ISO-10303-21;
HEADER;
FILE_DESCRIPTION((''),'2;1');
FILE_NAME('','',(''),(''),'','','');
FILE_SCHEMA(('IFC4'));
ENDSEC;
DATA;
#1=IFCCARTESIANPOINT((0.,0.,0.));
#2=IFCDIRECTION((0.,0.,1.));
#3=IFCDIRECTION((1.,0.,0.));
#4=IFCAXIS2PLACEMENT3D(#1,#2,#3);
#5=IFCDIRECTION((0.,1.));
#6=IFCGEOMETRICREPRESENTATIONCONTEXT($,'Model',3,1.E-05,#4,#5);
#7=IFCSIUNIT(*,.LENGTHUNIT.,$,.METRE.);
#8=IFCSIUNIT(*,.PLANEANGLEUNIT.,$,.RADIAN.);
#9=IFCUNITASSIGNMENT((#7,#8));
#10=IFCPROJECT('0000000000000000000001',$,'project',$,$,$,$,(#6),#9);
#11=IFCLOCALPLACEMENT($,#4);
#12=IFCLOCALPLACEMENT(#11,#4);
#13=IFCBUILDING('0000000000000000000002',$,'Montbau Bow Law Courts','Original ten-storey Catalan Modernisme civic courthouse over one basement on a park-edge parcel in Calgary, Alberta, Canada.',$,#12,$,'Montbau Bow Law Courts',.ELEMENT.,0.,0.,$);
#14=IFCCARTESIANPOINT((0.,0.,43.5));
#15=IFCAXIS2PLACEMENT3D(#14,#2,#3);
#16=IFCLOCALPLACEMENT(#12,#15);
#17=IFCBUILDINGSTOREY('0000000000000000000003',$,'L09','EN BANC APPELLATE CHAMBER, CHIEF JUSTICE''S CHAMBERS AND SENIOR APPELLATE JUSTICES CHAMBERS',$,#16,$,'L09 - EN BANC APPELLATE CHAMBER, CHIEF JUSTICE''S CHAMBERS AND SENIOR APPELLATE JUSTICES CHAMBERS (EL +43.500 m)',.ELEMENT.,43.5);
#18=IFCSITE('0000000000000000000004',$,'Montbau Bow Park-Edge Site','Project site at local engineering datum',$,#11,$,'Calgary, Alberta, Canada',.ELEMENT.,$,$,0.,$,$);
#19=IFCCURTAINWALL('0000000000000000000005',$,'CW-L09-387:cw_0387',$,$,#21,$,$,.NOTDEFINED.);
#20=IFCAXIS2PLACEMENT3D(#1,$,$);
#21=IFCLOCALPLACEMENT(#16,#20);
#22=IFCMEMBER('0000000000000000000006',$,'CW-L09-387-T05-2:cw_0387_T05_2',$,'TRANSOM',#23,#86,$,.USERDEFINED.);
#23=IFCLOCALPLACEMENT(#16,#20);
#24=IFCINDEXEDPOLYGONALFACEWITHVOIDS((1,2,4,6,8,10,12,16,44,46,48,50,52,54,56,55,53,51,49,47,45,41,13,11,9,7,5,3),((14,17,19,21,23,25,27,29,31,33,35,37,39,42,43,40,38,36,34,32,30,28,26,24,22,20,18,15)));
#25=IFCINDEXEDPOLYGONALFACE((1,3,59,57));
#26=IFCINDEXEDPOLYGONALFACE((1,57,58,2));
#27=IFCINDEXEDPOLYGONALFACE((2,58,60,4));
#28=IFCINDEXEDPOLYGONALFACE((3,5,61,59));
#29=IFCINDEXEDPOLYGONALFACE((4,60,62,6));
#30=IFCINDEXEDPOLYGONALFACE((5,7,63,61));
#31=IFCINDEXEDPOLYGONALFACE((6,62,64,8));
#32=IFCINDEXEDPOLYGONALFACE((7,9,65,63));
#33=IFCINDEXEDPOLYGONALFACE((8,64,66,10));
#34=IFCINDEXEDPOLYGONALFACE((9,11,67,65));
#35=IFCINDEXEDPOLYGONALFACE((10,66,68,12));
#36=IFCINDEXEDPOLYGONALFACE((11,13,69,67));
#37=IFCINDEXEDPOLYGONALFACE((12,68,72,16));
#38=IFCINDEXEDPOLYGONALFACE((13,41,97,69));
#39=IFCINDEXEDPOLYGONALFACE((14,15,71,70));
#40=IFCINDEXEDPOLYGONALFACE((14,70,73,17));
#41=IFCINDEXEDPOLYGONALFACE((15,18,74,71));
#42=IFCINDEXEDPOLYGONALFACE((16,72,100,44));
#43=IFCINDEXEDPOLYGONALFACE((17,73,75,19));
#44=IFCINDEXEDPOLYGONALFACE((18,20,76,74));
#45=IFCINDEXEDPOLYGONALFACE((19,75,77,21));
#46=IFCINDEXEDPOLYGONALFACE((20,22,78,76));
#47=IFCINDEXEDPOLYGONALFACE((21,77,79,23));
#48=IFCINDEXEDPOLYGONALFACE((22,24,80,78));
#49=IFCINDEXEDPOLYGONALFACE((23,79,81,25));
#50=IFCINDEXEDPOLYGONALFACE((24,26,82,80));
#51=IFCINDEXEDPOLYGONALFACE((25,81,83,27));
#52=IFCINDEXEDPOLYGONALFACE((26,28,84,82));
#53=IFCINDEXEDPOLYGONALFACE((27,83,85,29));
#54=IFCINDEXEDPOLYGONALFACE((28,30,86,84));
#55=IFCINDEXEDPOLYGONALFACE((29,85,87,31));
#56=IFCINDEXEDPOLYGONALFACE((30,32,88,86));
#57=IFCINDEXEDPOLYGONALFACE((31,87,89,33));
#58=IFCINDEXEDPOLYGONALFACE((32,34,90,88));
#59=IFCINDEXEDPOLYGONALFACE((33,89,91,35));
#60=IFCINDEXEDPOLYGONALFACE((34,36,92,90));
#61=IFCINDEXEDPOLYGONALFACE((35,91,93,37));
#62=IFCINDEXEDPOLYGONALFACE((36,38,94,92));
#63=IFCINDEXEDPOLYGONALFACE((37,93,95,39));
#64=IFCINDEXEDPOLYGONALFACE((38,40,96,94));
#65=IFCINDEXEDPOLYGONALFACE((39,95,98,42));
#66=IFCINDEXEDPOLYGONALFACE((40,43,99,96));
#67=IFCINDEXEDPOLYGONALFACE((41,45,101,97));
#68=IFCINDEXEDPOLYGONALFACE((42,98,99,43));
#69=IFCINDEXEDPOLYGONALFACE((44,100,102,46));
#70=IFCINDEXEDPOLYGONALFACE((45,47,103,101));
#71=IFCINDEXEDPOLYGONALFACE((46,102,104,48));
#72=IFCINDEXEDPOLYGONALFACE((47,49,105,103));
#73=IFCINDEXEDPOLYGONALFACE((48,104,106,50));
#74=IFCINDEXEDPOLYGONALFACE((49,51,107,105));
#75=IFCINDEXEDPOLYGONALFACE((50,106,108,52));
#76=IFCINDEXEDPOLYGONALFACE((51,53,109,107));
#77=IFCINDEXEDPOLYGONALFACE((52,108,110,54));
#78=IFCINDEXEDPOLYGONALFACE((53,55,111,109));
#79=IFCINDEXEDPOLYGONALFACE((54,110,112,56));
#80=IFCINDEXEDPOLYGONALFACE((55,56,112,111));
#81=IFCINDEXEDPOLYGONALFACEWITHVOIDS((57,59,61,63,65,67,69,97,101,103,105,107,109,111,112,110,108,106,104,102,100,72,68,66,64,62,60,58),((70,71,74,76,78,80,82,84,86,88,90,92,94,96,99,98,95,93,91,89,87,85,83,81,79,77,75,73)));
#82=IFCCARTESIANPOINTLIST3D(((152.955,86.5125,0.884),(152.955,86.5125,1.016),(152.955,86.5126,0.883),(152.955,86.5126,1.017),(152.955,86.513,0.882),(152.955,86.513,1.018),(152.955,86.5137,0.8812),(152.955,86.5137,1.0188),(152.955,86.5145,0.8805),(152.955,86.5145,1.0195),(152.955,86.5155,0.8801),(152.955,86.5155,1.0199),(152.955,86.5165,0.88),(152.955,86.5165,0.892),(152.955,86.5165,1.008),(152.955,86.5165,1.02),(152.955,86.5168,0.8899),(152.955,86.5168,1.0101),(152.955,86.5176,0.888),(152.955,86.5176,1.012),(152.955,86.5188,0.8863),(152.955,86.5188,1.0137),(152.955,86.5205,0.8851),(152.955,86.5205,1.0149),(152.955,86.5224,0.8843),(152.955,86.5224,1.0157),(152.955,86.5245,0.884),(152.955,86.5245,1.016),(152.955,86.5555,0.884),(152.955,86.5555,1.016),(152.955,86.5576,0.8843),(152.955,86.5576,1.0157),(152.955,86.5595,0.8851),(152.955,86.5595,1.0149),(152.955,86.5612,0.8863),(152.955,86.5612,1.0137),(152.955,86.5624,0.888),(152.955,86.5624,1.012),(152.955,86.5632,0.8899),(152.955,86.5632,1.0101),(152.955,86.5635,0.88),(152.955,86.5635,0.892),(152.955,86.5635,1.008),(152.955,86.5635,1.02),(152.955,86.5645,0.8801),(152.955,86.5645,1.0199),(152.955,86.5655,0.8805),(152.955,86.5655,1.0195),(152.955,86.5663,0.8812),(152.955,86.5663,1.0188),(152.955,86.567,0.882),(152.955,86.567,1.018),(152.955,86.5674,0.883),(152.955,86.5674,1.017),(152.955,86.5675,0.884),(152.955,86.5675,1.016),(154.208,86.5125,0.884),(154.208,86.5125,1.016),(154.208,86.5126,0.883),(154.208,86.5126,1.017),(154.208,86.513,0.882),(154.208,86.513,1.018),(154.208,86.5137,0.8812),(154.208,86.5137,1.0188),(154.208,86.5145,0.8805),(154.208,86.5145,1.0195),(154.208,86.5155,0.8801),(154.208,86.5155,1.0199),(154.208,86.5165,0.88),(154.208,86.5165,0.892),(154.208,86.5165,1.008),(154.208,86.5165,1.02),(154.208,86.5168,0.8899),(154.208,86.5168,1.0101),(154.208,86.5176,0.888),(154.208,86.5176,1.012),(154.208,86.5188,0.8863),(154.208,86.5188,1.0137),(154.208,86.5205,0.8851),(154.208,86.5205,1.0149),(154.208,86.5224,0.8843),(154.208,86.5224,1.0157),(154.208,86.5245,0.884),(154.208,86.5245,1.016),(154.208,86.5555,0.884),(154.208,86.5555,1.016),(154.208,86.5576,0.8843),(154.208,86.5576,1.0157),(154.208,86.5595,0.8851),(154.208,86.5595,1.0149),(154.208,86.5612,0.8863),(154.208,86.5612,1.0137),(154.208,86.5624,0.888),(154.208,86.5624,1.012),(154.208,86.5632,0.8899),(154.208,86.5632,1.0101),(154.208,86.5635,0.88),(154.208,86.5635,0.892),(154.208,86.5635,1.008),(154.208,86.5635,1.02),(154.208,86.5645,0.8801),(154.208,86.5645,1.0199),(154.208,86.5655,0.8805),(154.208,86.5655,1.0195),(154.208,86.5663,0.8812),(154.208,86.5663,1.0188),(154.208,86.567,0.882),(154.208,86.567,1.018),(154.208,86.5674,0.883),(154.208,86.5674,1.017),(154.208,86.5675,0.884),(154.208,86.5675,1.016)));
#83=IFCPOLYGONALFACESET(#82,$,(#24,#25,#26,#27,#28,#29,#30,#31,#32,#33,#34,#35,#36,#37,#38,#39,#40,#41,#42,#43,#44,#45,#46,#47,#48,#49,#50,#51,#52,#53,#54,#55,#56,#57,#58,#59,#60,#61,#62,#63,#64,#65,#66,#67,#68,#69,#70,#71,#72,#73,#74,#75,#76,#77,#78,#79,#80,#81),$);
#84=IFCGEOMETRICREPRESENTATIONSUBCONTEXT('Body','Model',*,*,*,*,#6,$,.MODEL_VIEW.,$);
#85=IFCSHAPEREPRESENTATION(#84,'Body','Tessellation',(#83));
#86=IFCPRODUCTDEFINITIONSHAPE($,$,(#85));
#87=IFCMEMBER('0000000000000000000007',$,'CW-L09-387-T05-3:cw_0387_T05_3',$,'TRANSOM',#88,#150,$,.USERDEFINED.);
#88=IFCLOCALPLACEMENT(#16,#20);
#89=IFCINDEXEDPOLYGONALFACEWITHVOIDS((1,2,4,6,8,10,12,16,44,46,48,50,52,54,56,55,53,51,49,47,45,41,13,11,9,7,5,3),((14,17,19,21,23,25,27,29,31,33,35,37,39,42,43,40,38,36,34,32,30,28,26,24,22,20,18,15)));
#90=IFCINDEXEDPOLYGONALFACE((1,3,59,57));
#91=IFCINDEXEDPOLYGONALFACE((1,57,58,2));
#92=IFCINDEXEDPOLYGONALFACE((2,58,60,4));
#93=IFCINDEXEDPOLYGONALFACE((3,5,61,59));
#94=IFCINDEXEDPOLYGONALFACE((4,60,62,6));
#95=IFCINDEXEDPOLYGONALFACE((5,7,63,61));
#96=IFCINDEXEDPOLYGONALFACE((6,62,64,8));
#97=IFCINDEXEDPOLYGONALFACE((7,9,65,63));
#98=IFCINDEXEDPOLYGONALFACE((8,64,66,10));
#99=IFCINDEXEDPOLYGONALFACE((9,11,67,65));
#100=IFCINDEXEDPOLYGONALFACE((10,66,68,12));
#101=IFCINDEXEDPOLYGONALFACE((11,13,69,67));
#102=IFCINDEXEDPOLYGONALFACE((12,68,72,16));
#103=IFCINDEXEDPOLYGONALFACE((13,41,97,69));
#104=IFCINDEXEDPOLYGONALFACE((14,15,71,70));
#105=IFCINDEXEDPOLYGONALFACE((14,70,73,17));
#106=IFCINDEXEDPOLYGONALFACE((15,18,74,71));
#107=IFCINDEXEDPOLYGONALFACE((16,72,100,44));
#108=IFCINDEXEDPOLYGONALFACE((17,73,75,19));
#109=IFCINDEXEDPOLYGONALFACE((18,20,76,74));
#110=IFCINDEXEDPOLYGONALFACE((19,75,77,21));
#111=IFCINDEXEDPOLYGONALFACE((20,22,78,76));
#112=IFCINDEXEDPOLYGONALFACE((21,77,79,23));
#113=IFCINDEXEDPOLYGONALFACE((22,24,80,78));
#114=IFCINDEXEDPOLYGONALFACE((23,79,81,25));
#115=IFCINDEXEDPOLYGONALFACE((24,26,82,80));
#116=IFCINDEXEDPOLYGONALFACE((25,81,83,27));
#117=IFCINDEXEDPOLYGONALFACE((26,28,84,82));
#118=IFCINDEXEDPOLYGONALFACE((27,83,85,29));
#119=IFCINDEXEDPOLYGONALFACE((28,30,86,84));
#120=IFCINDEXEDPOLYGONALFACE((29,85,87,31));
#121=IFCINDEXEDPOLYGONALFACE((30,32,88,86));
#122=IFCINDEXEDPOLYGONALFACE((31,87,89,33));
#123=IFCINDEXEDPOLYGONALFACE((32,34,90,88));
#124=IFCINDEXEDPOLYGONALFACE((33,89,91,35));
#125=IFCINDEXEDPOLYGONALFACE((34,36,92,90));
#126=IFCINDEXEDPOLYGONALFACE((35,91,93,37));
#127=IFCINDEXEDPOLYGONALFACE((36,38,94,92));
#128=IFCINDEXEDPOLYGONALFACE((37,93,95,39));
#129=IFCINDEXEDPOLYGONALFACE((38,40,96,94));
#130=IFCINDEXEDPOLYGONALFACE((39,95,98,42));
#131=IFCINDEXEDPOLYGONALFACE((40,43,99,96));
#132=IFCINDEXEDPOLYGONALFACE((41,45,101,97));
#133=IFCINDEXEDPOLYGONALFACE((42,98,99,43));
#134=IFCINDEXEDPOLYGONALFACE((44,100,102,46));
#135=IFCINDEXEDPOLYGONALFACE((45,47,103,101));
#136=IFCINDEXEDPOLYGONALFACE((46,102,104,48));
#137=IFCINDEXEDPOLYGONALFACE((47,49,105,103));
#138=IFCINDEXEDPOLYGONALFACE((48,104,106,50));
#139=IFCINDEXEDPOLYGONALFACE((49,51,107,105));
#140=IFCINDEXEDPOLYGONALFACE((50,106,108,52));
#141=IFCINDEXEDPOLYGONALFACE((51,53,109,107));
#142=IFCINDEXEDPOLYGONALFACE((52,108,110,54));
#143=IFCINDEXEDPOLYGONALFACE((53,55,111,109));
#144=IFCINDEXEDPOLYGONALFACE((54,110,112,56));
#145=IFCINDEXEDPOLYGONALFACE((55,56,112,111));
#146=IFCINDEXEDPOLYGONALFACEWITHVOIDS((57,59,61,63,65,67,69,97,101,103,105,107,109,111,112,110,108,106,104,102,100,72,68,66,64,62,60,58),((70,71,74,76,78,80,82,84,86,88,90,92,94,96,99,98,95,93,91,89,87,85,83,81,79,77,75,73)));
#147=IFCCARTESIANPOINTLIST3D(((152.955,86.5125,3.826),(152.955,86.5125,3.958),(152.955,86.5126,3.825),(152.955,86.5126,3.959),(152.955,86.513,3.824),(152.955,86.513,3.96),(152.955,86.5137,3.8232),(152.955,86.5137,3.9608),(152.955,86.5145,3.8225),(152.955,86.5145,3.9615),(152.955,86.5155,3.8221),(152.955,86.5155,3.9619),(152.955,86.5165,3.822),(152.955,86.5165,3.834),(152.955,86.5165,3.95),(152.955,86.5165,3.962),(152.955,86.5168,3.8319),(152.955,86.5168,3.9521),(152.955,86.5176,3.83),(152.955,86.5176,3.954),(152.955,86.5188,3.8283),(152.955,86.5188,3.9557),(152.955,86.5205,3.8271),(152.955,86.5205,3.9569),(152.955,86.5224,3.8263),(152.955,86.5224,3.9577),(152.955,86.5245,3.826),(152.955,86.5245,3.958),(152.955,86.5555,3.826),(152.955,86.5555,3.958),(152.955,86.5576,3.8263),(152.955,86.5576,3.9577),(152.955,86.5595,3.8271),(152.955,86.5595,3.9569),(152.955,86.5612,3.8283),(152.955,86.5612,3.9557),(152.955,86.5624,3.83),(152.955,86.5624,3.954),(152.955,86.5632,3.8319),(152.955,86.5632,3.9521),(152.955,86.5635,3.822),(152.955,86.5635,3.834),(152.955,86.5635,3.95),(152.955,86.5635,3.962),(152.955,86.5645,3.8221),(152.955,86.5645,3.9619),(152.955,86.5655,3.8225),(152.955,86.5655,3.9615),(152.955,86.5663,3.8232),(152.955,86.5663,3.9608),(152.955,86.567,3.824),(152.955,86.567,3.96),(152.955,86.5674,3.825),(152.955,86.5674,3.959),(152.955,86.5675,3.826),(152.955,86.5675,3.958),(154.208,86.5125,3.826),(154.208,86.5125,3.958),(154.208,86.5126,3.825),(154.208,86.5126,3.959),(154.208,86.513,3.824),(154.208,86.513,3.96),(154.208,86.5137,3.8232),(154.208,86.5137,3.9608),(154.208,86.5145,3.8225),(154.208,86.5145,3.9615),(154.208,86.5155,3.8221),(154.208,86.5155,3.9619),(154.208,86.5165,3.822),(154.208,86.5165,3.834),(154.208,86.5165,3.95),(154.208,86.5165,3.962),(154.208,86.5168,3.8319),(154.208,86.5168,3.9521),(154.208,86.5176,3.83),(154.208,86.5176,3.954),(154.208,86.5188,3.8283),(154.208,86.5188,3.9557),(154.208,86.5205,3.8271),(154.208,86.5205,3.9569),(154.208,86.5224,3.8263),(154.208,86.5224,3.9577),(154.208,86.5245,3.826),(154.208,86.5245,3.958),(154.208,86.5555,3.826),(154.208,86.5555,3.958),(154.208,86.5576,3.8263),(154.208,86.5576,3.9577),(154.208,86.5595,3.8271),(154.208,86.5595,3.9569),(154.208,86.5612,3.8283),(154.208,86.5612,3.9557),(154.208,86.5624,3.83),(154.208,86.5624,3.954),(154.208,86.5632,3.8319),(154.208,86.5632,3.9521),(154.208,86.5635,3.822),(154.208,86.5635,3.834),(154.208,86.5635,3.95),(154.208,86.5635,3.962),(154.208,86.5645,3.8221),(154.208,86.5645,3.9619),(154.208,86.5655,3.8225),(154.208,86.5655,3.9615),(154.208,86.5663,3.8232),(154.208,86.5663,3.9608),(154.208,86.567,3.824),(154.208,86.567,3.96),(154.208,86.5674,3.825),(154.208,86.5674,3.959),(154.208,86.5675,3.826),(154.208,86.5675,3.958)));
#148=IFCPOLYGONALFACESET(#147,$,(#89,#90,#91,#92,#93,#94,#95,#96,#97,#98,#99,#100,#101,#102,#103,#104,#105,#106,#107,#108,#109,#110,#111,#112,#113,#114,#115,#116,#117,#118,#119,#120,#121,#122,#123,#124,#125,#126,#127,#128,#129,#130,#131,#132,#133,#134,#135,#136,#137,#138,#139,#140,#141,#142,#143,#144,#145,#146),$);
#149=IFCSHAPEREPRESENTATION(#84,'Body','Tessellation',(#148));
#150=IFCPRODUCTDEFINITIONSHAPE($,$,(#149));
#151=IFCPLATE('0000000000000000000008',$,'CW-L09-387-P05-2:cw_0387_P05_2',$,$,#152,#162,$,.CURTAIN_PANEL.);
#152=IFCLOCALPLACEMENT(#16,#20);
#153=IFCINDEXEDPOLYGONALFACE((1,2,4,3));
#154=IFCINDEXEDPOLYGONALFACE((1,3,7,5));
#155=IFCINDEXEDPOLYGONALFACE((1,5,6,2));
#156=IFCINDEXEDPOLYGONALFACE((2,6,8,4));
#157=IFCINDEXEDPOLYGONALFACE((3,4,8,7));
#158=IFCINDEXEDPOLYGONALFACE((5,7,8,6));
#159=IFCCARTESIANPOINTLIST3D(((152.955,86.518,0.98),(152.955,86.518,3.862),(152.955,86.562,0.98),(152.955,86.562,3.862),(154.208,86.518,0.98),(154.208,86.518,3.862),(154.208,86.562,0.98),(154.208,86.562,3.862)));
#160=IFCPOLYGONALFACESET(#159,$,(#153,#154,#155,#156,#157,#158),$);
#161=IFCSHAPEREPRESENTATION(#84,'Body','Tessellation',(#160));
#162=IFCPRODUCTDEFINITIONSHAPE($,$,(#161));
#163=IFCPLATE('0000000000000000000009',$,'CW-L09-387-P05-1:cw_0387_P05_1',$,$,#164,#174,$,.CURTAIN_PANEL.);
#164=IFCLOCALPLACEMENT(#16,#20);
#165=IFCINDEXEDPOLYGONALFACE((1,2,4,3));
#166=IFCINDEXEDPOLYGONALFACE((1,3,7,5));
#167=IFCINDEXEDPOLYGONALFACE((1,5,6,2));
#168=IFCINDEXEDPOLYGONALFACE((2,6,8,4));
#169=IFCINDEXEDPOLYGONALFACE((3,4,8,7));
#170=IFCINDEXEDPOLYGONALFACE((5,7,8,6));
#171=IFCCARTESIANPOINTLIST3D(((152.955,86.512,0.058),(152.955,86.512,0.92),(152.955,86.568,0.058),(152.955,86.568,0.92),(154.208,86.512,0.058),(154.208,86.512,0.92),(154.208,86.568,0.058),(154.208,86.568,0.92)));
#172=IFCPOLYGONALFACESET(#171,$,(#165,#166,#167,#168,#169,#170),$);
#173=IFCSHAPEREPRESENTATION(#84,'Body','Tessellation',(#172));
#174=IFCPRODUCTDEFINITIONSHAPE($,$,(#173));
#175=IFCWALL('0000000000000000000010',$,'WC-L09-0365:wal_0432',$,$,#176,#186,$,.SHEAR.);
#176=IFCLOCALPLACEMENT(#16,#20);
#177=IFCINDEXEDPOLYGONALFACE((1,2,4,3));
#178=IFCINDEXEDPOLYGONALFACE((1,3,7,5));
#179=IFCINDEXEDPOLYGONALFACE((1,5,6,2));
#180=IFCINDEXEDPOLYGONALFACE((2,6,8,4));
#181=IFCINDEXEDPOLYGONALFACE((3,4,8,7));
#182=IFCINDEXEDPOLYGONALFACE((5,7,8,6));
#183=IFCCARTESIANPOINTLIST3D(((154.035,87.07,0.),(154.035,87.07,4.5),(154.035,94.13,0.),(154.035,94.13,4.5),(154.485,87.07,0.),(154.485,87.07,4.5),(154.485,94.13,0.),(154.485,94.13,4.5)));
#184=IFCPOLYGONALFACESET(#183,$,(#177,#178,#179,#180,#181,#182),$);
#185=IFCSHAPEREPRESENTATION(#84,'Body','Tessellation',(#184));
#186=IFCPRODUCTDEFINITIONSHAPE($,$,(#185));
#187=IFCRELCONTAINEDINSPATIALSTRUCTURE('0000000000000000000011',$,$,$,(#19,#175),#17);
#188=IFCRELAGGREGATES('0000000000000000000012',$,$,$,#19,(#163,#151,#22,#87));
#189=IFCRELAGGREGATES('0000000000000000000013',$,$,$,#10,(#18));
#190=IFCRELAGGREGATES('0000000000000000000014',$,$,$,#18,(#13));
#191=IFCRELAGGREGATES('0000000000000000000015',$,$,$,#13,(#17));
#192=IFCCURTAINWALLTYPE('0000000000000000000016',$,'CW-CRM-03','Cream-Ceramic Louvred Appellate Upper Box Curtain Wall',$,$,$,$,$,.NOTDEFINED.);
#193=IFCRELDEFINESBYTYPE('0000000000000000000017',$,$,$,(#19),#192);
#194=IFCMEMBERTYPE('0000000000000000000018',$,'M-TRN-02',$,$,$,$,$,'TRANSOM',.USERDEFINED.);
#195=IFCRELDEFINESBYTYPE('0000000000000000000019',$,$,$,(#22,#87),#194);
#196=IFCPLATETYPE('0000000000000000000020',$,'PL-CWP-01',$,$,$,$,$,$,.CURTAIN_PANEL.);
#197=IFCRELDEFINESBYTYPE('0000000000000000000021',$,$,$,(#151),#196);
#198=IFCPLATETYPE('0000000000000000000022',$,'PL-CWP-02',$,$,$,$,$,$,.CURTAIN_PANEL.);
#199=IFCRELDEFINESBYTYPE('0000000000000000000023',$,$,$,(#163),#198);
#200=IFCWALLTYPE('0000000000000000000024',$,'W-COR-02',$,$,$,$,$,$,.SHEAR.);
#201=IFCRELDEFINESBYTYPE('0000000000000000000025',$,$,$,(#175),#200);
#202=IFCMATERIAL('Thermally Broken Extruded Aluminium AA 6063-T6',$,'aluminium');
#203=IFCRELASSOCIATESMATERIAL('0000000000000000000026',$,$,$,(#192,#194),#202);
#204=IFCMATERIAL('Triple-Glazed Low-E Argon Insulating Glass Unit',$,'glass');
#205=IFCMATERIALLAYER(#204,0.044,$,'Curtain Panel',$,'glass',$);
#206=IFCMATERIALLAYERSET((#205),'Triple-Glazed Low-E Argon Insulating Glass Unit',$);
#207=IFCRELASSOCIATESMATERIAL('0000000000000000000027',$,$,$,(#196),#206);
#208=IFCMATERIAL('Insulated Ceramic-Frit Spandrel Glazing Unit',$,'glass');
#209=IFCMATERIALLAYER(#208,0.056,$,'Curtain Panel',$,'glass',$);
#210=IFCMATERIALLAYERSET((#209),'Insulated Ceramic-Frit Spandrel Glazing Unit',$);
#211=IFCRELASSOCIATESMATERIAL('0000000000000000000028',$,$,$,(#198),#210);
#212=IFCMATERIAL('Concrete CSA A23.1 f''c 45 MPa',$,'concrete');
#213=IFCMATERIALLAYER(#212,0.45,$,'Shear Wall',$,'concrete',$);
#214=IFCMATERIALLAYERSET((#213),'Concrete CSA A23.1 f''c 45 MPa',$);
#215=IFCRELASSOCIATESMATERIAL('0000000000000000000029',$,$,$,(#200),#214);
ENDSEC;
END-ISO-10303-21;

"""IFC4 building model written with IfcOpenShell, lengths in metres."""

from ifc_helpers import new_model, si_unit, direction, frame, frame_2d, origin_with_axes, origin_2d_with_axis, place, context, subcontext, project, spatial, rectangle, hollow_rectangle, extrude, material, layer, layer_set, material_profile, profile_set, type_object, element, aggregate, save


model = new_model("IFC4")

# Units and contexts
model_context = context("Model", 3, precision=1e-05, world=origin_with_axes(), true_north=direction((0.0, 1.0)))
body_context = subcontext(model_context, "Body", "Model", "MODEL_VIEW")
ifc_project = project(units=[si_unit("LENGTHUNIT", "METRE"), si_unit("PLANEANGLEUNIT", "RADIAN")], contexts=[model_context])

# Site, building, storey
site_placement = place(None, origin_with_axes())
site = spatial("IfcSite", under=ifc_project, at=site_placement, Name="Montbau Bow Park-Edge Site", Description="Project site at local engineering datum", LongName="Calgary, Alberta, Canada", CompositionType="ELEMENT", RefElevation=0.0)
building_placement = place(site_placement, origin_with_axes())
building = spatial("IfcBuilding", under=site, at=building_placement, Name="Montbau Bow Law Courts", Description="Original ten-storey Catalan Modernisme civic courthouse over one basement on a park-edge parcel in Calgary, Alberta, Canada.", LongName="Montbau Bow Law Courts", CompositionType="ELEMENT", ElevationOfRefHeight=0.0, ElevationOfTerrain=0.0)
storey_placement = place(building_placement, frame((0.0, 0.0, 43.5), z_axis=(0.0, 0.0, 1.0), x_axis=(1.0, 0.0, 0.0)))
storey = spatial("IfcBuildingStorey", under=building, at=storey_placement, Name="L09", Description="EN BANC APPELLATE CHAMBER, CHIEF JUSTICE'S CHAMBERS AND SENIOR APPELLATE JUSTICES CHAMBERS", LongName="L09 - EN BANC APPELLATE CHAMBER, CHIEF JUSTICE'S CHAMBERS AND SENIOR APPELLATE JUSTICES CHAMBERS (EL +43.500 m)", CompositionType="ELEMENT", Elevation=43.5)

# Curtain wall, members, plates
ifc_material_1 = material(Name="Thermally Broken Extruded Aluminium AA 6063-T6", Category="aluminium")
curtain_wall_type = type_object("IfcCurtainWallType", Name="CW-CRM-03", Description="Cream-Ceramic Louvred Appellate Upper Box Curtain Wall", PredefinedType="NOTDEFINED", material=ifc_material_1)
curtain_wall_placement = place(None, frame((147.44, 86.54, 43.5), z_axis=(0.0, 0.0, 1.0), x_axis=(1.0, 0.0, 0.0)))
curtain_wall = element("IfcCurtainWall", 1, at=curtain_wall_placement, inside=storey, type_object=curtain_wall_type, Name="CW-L09-387:cw_0387", PredefinedType="NOTDEFINED")
ifc_material_profile_1 = material_profile(ifc_material_1, hollow_rectangle(XDim=0.055, YDim=0.14, WallThickness=0.004, InnerFilletRadius=0.008, OuterFilletRadius=0.004, at=origin_2d_with_axis()), Name="CWT-140X55", Category="Main", Priority=0)
ifc_profile_set_1 = profile_set([ifc_material_profile_1], Name="Thermally Broken Extruded Aluminium AA 6063-T6")
member_type_1 = type_object("IfcMemberType", Name="M-TRN-02", ElementType="TRANSOM", PredefinedType="USERDEFINED", material=ifc_profile_set_1)
member_1_placement = place(None, frame((152.955, 86.54, 44.45), z_axis=(1.0, 0.0, 0.0), x_axis=(0.0, 1.0, 0.0)))
member_1 = element("IfcMember", 2, at=member_1_placement, type_object=member_type_1, Name="CW-L09-387-T05-2:cw_0387_T05_2", ObjectType="TRANSOM", PredefinedType="USERDEFINED", context=body_context, shape_type="SweptSolid", body=[
    extrude(hollow_rectangle(XDim=0.055, YDim=0.14, WallThickness=0.004, InnerFilletRadius=0.008, OuterFilletRadius=0.004, at=origin_2d_with_axis()), origin_with_axes(), (0.0, 0.0, 1.0), 1.253),
])
member_2_placement = place(None, frame((152.955, 86.54, 47.392), z_axis=(1.0, 0.0, 0.0), x_axis=(0.0, 1.0, 0.0)))
member_2 = element("IfcMember", 3, at=member_2_placement, type_object=member_type_1, Name="CW-L09-387-T05-3:cw_0387_T05_3", ObjectType="TRANSOM", PredefinedType="USERDEFINED", context=body_context, shape_type="SweptSolid", body=[
    extrude(hollow_rectangle(XDim=0.055, YDim=0.14, WallThickness=0.004, InnerFilletRadius=0.008, OuterFilletRadius=0.004, at=origin_2d_with_axis()), origin_with_axes(), (0.0, 0.0, 1.0), 1.253),
])
ifc_material_2 = material(Name="Triple-Glazed Low-E Argon Insulating Glass Unit", Category="glass")
ifc_layer_1 = layer(ifc_material_2, 0.044, Name="Curtain Panel", Category="glass")
ifc_layer_set_1 = layer_set([ifc_layer_1], Name="Triple-Glazed Low-E Argon Insulating Glass Unit")
plate_type_1 = type_object("IfcPlateType", Name="PL-CWP-01", PredefinedType="CURTAIN_PANEL", material=ifc_layer_set_1)
plate_1_placement = place(None, frame((152.955, 86.54, 44.48), z_axis=(0.0, -1.0, 0.0), x_axis=(1.0, 0.0, 0.0)))
plate_1 = element("IfcPlate", 4, at=plate_1_placement, type_object=plate_type_1, Name="CW-L09-387-P05-2:cw_0387_P05_2", PredefinedType="CURTAIN_PANEL", context=body_context, shape_type="SweptSolid", body=[
    extrude(rectangle(XDim=1.253, YDim=2.882, at=frame_2d((0.6265, 1.441), x_axis=(1.0, 0.0))), frame((0.0, 0.0, -0.022), z_axis=(0.0, 0.0, 1.0), x_axis=(1.0, 0.0, 0.0)), (0.0, 0.0, 1.0), 0.044),
])
ifc_material_3 = material(Name="Insulated Ceramic-Frit Spandrel Glazing Unit", Category="glass")
ifc_layer_2 = layer(ifc_material_3, 0.056, Name="Curtain Panel", Category="glass")
ifc_layer_set_2 = layer_set([ifc_layer_2], Name="Insulated Ceramic-Frit Spandrel Glazing Unit")
plate_type_2 = type_object("IfcPlateType", Name="PL-CWP-02", PredefinedType="CURTAIN_PANEL", material=ifc_layer_set_2)
plate_2_placement = place(None, frame((152.955, 86.54, 43.558), z_axis=(0.0, -1.0, 0.0), x_axis=(1.0, 0.0, 0.0)))
plate_2 = element("IfcPlate", 5, at=plate_2_placement, type_object=plate_type_2, Name="CW-L09-387-P05-1:cw_0387_P05_1", PredefinedType="CURTAIN_PANEL", context=body_context, shape_type="SweptSolid", body=[
    extrude(rectangle(XDim=1.253, YDim=0.862, at=frame_2d((0.6265, 0.431), x_axis=(1.0, 0.0))), frame((0.0, 0.0, -0.028), z_axis=(0.0, 0.0, 1.0), x_axis=(1.0, 0.0, 0.0)), (0.0, 0.0, 1.0), 0.056),
])
aggregate(curtain_wall, [plate_2, plate_1, member_1, member_2])

# Wall
ifc_material_4 = material(Name="Concrete CSA A23.1 f'c 45 MPa", Category="concrete")
ifc_layer_3 = layer(ifc_material_4, 0.45, Name="Shear Wall", Category="concrete")
ifc_layer_set_3 = layer_set([ifc_layer_3], Name="Concrete CSA A23.1 f'c 45 MPa")
wall_type_1 = type_object("IfcWallType", Name="W-COR-02", PredefinedType="SHEAR", material=ifc_layer_set_3)
wall_1_placement = place(None, frame((154.26, 87.07, 43.5), z_axis=(0.0, 0.0, 1.0), x_axis=(0.0, 1.0, 0.0)))
element("IfcWall", 6, at=wall_1_placement, inside=storey, type_object=wall_type_1, Name="WC-L09-0365:wal_0432", PredefinedType="SHEAR", context=body_context, shape_type="SweptSolid", body=[
    extrude(rectangle(XDim=7.06, YDim=0.45, at=frame_2d((3.53, 0.0), x_axis=(1.0, 0.0))), origin_with_axes(), (0.0, 0.0, 1.0), 4.5),
])

save(model, "model.ifc")
